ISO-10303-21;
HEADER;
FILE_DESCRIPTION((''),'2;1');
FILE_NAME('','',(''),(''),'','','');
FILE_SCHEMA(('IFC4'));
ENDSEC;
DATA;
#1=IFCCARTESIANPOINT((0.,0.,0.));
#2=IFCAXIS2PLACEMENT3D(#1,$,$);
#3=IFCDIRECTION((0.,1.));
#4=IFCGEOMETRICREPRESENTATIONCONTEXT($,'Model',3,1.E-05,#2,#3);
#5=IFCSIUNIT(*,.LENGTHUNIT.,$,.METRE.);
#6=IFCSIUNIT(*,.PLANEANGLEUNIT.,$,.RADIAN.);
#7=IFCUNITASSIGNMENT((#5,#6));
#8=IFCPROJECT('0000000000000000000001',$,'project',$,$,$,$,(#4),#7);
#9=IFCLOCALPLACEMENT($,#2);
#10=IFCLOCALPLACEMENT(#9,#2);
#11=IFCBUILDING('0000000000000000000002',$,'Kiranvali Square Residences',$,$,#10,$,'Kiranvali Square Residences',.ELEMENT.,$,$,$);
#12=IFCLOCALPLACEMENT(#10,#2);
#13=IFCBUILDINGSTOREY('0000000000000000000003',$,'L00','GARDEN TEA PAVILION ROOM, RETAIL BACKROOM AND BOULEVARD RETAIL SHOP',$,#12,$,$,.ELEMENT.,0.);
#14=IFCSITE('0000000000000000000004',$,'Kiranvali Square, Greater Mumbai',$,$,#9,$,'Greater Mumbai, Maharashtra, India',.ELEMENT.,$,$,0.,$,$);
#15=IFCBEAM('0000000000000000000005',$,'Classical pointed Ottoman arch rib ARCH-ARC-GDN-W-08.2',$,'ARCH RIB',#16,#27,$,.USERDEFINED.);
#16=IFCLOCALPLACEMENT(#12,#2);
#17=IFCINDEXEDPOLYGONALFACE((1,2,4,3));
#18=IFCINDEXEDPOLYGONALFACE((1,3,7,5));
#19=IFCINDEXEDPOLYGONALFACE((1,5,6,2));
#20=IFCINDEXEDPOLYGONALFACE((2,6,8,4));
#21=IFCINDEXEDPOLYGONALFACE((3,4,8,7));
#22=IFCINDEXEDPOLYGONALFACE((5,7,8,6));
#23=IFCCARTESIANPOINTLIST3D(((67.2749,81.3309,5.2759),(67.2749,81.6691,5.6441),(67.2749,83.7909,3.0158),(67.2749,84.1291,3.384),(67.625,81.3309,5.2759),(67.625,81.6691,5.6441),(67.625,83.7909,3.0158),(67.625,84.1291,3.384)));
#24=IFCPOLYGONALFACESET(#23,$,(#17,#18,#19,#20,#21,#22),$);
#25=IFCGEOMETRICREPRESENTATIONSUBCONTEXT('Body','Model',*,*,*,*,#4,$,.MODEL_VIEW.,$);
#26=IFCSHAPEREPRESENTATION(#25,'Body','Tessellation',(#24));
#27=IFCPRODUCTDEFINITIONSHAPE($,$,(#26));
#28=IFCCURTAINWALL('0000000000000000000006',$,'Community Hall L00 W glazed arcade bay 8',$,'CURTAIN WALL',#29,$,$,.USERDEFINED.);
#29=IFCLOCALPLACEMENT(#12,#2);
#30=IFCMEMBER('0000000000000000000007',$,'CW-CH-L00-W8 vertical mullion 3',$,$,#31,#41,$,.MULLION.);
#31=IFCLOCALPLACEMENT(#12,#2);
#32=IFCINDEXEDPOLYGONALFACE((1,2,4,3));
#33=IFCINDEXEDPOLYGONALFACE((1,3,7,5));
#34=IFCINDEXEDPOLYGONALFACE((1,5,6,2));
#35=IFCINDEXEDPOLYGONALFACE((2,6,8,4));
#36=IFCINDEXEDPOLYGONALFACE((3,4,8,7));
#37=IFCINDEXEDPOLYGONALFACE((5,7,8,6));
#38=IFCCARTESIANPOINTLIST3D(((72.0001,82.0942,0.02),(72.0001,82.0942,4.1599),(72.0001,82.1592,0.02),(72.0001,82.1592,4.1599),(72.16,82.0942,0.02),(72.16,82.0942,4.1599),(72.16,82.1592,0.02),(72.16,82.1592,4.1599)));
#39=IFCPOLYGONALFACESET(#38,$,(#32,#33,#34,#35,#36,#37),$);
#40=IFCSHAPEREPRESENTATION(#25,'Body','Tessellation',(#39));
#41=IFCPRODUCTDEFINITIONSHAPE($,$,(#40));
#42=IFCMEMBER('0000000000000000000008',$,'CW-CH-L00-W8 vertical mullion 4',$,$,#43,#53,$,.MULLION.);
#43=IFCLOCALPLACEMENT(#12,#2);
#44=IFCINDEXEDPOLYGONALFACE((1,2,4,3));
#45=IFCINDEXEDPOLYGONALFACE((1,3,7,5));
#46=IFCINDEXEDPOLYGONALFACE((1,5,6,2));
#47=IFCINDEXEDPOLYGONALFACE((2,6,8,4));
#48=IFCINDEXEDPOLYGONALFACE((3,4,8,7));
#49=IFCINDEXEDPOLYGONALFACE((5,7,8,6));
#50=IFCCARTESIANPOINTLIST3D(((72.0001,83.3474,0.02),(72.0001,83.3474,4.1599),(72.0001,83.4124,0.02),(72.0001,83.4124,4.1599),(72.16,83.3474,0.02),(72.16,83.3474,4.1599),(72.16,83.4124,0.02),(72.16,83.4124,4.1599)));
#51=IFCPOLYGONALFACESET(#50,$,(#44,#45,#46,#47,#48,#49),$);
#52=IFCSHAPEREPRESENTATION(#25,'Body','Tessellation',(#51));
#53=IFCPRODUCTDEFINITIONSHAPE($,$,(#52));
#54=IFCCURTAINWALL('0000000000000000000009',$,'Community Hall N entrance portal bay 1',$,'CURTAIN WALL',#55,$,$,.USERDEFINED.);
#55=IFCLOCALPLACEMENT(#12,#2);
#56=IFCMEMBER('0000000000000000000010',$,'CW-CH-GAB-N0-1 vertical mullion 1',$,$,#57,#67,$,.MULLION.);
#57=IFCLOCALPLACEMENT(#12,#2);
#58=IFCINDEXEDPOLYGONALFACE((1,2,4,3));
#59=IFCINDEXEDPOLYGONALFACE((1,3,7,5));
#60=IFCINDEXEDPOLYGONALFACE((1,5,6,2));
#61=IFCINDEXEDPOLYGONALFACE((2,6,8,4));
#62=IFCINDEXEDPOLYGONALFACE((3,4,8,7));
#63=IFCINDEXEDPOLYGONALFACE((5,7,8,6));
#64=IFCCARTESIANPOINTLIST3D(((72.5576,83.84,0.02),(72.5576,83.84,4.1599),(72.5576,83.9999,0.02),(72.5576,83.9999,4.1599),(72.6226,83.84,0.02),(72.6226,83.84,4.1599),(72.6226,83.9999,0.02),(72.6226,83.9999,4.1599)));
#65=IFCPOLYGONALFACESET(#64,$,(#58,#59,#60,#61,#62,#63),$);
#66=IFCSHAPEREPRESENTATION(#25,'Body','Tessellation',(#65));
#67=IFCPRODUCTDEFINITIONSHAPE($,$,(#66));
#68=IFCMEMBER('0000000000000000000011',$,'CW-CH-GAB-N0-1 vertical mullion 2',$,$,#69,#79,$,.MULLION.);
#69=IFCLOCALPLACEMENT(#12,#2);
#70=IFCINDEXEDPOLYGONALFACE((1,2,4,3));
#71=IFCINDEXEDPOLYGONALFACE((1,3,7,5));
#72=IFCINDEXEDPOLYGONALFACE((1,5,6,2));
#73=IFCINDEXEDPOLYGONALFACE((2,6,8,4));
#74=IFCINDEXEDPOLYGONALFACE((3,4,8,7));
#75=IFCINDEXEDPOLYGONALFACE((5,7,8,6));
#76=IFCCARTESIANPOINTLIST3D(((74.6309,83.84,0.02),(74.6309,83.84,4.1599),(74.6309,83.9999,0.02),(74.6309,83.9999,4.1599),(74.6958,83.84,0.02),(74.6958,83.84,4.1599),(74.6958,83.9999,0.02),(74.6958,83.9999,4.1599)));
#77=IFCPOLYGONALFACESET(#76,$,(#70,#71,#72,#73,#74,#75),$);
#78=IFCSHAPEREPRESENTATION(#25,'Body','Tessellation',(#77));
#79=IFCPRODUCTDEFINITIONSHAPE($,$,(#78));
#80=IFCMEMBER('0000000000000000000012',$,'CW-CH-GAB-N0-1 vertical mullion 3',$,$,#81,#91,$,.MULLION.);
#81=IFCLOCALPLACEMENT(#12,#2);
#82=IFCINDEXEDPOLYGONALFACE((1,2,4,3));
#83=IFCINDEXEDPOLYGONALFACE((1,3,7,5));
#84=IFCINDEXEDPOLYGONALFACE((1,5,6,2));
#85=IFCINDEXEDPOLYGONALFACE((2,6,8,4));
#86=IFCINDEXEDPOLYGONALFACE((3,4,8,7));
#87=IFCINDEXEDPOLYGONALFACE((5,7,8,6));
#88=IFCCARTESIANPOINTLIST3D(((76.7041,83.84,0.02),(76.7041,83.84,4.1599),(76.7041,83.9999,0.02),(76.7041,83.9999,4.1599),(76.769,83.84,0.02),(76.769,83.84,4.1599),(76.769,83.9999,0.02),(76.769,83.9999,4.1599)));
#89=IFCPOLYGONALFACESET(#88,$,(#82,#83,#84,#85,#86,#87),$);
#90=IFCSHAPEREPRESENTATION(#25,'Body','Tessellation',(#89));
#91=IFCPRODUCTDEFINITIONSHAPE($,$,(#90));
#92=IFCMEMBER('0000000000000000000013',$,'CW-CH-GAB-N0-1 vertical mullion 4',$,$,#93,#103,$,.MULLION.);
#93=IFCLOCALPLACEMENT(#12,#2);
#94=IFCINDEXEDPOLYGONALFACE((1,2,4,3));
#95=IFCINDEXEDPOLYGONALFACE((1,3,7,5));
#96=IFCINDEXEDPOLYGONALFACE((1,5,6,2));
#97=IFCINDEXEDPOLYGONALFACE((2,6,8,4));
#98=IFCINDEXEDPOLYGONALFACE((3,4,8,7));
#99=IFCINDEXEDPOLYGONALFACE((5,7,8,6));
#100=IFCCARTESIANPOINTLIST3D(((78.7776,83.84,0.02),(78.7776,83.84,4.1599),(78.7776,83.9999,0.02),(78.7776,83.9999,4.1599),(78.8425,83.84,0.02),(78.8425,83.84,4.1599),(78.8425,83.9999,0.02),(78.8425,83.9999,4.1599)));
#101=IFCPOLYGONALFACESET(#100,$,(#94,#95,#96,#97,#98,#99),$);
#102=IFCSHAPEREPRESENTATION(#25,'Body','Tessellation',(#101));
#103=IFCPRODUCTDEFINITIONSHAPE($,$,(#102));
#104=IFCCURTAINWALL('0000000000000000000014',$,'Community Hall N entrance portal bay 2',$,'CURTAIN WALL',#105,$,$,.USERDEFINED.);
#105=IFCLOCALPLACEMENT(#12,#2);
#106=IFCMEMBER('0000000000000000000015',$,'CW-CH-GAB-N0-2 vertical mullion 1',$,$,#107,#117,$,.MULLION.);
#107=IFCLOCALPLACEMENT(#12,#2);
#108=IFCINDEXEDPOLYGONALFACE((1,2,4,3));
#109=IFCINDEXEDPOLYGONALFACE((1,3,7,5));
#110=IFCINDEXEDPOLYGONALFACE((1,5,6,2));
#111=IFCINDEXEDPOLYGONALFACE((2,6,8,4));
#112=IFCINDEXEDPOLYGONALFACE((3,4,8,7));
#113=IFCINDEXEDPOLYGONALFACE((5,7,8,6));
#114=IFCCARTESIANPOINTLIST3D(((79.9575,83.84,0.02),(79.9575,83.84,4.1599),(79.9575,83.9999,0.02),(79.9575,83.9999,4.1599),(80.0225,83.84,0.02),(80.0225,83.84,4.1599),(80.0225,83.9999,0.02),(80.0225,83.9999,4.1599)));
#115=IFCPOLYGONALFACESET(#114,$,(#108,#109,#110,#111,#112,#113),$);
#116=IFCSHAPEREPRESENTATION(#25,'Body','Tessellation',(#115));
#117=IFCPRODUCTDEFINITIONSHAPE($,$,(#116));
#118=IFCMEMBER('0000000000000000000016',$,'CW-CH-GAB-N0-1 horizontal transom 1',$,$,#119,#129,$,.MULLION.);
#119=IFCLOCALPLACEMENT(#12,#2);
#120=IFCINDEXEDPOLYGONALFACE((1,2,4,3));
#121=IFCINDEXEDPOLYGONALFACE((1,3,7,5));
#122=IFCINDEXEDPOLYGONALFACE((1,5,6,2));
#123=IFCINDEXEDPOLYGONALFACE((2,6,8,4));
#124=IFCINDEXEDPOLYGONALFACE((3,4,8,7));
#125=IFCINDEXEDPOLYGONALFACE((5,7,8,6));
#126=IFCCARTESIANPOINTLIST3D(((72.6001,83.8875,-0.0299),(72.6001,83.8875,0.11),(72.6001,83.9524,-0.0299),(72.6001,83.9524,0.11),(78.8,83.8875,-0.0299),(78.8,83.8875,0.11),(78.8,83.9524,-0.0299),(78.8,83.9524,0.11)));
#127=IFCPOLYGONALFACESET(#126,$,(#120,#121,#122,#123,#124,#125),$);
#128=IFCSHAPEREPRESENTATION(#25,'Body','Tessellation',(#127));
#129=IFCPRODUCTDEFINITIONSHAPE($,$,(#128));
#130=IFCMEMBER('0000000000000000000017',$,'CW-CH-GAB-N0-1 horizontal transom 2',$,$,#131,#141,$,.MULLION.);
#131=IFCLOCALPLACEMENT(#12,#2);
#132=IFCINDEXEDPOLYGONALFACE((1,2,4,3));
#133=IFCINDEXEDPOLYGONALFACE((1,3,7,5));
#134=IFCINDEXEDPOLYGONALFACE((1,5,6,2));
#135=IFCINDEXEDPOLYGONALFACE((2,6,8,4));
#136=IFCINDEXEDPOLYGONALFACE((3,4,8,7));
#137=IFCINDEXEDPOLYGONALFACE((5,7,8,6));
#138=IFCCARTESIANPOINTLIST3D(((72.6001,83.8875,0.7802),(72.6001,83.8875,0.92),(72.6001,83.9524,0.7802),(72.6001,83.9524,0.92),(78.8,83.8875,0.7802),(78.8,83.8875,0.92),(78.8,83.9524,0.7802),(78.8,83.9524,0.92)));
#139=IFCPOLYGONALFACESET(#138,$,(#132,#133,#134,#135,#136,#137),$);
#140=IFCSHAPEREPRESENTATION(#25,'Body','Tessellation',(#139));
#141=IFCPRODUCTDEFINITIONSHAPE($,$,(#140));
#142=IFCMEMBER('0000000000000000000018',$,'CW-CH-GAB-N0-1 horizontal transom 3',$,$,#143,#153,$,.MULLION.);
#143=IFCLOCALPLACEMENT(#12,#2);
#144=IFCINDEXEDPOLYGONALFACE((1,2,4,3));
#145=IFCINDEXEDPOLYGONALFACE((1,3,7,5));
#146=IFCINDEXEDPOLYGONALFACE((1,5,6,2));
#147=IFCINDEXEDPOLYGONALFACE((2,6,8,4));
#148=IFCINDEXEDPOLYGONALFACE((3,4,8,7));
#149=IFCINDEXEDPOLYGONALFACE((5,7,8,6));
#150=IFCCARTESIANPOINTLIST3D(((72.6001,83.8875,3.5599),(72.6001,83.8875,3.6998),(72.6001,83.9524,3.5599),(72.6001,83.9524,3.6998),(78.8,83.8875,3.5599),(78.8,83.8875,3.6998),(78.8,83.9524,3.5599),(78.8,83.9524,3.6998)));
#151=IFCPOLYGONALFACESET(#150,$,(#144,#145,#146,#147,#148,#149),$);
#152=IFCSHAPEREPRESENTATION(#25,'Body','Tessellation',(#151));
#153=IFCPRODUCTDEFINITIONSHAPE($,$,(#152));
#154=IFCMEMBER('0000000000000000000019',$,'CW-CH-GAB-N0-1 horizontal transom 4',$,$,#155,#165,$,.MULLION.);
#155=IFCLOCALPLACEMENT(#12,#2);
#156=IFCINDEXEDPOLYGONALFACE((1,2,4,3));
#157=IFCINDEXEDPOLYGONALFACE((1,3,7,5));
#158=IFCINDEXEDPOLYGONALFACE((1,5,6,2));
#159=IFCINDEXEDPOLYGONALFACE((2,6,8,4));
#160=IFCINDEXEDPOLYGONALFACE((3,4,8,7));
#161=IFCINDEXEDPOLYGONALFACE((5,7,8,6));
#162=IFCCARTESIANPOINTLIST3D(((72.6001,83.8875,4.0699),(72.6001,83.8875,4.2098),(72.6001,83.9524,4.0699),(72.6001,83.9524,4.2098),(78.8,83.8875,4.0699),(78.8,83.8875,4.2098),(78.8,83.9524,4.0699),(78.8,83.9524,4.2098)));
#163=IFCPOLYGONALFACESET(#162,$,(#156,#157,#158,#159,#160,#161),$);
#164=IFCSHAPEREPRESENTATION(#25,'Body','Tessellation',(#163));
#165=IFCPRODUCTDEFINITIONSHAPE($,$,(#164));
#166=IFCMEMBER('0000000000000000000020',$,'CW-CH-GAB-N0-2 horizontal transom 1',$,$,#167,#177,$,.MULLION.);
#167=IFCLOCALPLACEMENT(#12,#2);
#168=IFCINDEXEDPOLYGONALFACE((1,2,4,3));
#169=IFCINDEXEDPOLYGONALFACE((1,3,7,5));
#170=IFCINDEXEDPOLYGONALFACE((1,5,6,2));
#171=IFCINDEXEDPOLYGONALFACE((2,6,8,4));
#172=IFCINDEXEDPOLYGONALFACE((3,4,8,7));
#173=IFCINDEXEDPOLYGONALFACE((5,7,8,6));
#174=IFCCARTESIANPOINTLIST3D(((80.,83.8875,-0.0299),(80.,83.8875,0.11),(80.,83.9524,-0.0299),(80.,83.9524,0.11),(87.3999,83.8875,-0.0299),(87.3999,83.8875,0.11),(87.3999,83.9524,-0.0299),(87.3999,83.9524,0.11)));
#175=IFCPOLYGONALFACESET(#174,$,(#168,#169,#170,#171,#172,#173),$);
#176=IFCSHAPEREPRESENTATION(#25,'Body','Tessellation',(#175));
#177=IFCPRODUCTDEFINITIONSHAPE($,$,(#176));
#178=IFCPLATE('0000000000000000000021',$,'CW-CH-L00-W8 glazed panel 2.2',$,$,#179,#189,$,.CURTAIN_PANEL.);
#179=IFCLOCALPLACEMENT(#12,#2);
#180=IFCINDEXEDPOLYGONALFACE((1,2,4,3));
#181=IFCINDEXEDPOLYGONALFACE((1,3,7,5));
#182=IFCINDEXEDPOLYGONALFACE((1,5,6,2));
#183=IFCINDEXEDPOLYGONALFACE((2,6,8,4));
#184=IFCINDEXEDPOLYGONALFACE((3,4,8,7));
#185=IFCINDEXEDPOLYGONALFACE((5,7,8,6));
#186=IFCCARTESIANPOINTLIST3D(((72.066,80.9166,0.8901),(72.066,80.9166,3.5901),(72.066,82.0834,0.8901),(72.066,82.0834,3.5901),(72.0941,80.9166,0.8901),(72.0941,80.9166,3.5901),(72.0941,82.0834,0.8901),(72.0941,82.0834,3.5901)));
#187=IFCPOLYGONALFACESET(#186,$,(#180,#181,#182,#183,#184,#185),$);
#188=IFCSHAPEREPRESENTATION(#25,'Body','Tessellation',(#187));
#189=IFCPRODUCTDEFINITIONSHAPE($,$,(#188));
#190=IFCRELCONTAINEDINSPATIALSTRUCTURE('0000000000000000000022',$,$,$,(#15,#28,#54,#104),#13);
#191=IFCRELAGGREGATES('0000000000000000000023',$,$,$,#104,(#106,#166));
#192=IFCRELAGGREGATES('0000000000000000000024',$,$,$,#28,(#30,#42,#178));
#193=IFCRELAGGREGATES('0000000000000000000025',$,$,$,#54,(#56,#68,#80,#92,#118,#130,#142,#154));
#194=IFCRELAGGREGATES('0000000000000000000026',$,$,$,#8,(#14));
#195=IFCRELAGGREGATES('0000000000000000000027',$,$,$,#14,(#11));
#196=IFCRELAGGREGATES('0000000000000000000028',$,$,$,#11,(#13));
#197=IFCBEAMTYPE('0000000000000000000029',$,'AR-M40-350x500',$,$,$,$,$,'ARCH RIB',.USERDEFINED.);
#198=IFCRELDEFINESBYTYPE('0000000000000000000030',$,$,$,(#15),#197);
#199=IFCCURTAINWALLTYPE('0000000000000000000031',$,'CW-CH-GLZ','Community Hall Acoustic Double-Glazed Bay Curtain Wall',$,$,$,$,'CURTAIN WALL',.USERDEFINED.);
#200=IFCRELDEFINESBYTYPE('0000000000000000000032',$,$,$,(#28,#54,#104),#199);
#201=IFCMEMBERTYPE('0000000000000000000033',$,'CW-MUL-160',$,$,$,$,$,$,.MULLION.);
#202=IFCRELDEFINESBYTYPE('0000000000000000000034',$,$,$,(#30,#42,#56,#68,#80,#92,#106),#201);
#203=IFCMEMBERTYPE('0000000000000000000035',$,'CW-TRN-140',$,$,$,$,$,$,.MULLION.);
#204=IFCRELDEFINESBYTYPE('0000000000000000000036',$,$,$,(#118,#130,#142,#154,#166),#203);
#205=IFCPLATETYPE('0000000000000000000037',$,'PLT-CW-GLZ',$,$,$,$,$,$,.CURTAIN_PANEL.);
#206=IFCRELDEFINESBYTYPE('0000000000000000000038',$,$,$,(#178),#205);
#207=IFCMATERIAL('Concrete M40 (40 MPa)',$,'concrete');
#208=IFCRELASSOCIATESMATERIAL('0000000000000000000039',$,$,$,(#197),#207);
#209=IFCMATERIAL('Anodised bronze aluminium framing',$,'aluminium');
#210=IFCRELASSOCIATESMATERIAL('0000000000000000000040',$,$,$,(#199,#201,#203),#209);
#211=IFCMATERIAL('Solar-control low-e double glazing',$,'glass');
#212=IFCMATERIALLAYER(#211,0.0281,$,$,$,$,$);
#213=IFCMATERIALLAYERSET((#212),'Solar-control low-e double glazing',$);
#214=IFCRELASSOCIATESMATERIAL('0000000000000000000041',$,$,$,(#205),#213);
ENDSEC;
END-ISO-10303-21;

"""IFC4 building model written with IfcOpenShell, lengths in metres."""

from ifc_helpers import new_model, si_unit, direction, frame, origin, origin_2d, place, context, subcontext, project, spatial, rectangle, extrude, material, layer, layer_set, material_profile, profile_set, type_object, element, aggregate, save


model = new_model("IFC4")

# Units and contexts
model_context = context("Model", 3, precision=1e-05, world=origin(), true_north=direction((0.0, 1.0)))
body_context = subcontext(model_context, "Body", "Model", "MODEL_VIEW")
ifc_project = project(units=[si_unit("LENGTHUNIT", "METRE"), si_unit("PLANEANGLEUNIT", "RADIAN")], contexts=[model_context])

# Site, building, storey
site_placement = place(None, origin())
site = spatial("IfcSite", under=ifc_project, at=site_placement, Name="Kiranvali Square, Greater Mumbai", LongName="Greater Mumbai, Maharashtra, India", CompositionType="ELEMENT", RefElevation=0.0)
building_placement = place(site_placement, origin())
building = spatial("IfcBuilding", under=site, at=building_placement, Name="Kiranvali Square Residences", LongName="Kiranvali Square Residences", CompositionType="ELEMENT")
storey_placement = place(building_placement, origin())
storey = spatial("IfcBuildingStorey", under=building, at=storey_placement, Name="L00", Description="GARDEN TEA PAVILION ROOM, RETAIL BACKROOM AND BOULEVARD RETAIL SHOP", CompositionType="ELEMENT", Elevation=0.0)

# Beam
ifc_material_1 = material(Name="Concrete M40 (40 MPa)", Category="concrete")
ifc_material_profile_1 = material_profile(ifc_material_1, rectangle(XDim=0.3501, YDim=0.5, at=origin_2d()), Name="RC 350x500")
ifc_profile_set_1 = profile_set([ifc_material_profile_1], Name="Concrete M40 (40 MPa)")
beam_type = type_object("IfcBeamType", Name="AR-M40-350x500", ElementType="ARCH RIB", PredefinedType="USERDEFINED", material=ifc_profile_set_1)
beam_placement = place(storey_placement, frame((67.45, 81.5, 5.46), z_axis=(0.0, 0.736401, -0.676545), x_axis=(-1.0, 0.0, 0.0)))
element("IfcBeam", 1, at=beam_placement, inside=storey, type_object=beam_type, Name="Classical pointed Ottoman arch rib ARCH-ARC-GDN-W-08.2", ObjectType="ARCH RIB", PredefinedType="USERDEFINED", context=body_context, shape_type="SweptSolid", body=[
    extrude(rectangle(XDim=0.3501, YDim=0.5, at=origin_2d()), origin(), (0.0, 0.0, 1.0), 3.3406),
])

# Curtain walls, members
ifc_material_2 = material(Name="Anodised bronze aluminium framing", Category="aluminium")
curtain_wall_type = type_object("IfcCurtainWallType", Name="CW-CH-GLZ", Description="Community Hall Acoustic Double-Glazed Bay Curtain Wall", ElementType="CURTAIN WALL", PredefinedType="USERDEFINED", material=ifc_material_2)
curtain_wall_1_placement = place(storey_placement, origin())
curtain_wall_1 = element("IfcCurtainWall", 2, at=curtain_wall_1_placement, inside=storey, type_object=curtain_wall_type, Name="Community Hall L00 W glazed arcade bay 8", ObjectType="CURTAIN WALL", PredefinedType="USERDEFINED")
ifc_material_profile_2 = material_profile(ifc_material_2, rectangle(XDim=0.0649, YDim=0.1599, at=origin_2d()), Name="ALU 65x160")
ifc_profile_set_2 = profile_set([ifc_material_profile_2], Name="Anodised bronze aluminium framing")
member_type_1 = type_object("IfcMemberType", Name="CW-MUL-160", PredefinedType="MULLION", material=ifc_profile_set_2)
member_1_placement = place(storey_placement, frame((72.0801, 82.1267, 0.02), z_axis=(0.0, 0.0, 1.0), x_axis=(0.0, 1.0, 0.0)))
member_1 = element("IfcMember", 3, at=member_1_placement, type_object=member_type_1, Name="CW-CH-L00-W8 vertical mullion 3", PredefinedType="MULLION", context=body_context, shape_type="SweptSolid", body=[
    extrude(rectangle(XDim=0.0649, YDim=0.1599, at=origin_2d()), origin(), (0.0, 0.0, 1.0), 4.1399),
])
member_2_placement = place(storey_placement, frame((72.0801, 83.3799, 0.02), z_axis=(0.0, 0.0, 1.0), x_axis=(0.0, 1.0, 0.0)))
member_2 = element("IfcMember", 4, at=member_2_placement, type_object=member_type_1, Name="CW-CH-L00-W8 vertical mullion 4", PredefinedType="MULLION", context=body_context, shape_type="SweptSolid", body=[
    extrude(rectangle(XDim=0.0649, YDim=0.1599, at=origin_2d()), origin(), (0.0, 0.0, 1.0), 4.1399),
])
curtain_wall_2_placement = place(storey_placement, origin())
curtain_wall_2 = element("IfcCurtainWall", 5, at=curtain_wall_2_placement, inside=storey, type_object=curtain_wall_type, Name="Community Hall N entrance portal bay 1", ObjectType="CURTAIN WALL", PredefinedType="USERDEFINED")
member_3_placement = place(storey_placement, frame((72.5901, 83.9199, 0.02), z_axis=(0.0, 0.0, 1.0), x_axis=(1.0, 0.0, 0.0)))
member_3 = element("IfcMember", 6, at=member_3_placement, type_object=member_type_1, Name="CW-CH-GAB-N0-1 vertical mullion 1", PredefinedType="MULLION", context=body_context, shape_type="SweptSolid", body=[
    extrude(rectangle(XDim=0.0649, YDim=0.1599, at=origin_2d()), origin(), (0.0, 0.0, 1.0), 4.1399),
])
member_4_placement = place(storey_placement, frame((74.6633, 83.9199, 0.02), z_axis=(0.0, 0.0, 1.0), x_axis=(1.0, 0.0, 0.0)))
member_4 = element("IfcMember", 7, at=member_4_placement, type_object=member_type_1, Name="CW-CH-GAB-N0-1 vertical mullion 2", PredefinedType="MULLION", context=body_context, shape_type="SweptSolid", body=[
    extrude(rectangle(XDim=0.0649, YDim=0.1599, at=origin_2d()), origin(), (0.0, 0.0, 1.0), 4.1399),
])
member_5_placement = place(storey_placement, frame((76.7366, 83.9199, 0.02), z_axis=(0.0, 0.0, 1.0), x_axis=(1.0, 0.0, 0.0)))
member_5 = element("IfcMember", 8, at=member_5_placement, type_object=member_type_1, Name="CW-CH-GAB-N0-1 vertical mullion 3", PredefinedType="MULLION", context=body_context, shape_type="SweptSolid", body=[
    extrude(rectangle(XDim=0.0649, YDim=0.1599, at=origin_2d()), origin(), (0.0, 0.0, 1.0), 4.1399),
])
member_6_placement = place(storey_placement, frame((78.8101, 83.9199, 0.02), z_axis=(0.0, 0.0, 1.0), x_axis=(1.0, 0.0, 0.0)))
member_6 = element("IfcMember", 9, at=member_6_placement, type_object=member_type_1, Name="CW-CH-GAB-N0-1 vertical mullion 4", PredefinedType="MULLION", context=body_context, shape_type="SweptSolid", body=[
    extrude(rectangle(XDim=0.0649, YDim=0.1599, at=origin_2d()), origin(), (0.0, 0.0, 1.0), 4.1399),
])

# Curtain wall, member
curtain_wall_3_placement = place(storey_placement, origin())
curtain_wall_3 = element("IfcCurtainWall", 10, at=curtain_wall_3_placement, inside=storey, type_object=curtain_wall_type, Name="Community Hall N entrance portal bay 2", ObjectType="CURTAIN WALL", PredefinedType="USERDEFINED")
member_7_placement = place(storey_placement, frame((79.99, 83.9199, 0.02), z_axis=(0.0, 0.0, 1.0), x_axis=(1.0, 0.0, 0.0)))
member_7 = element("IfcMember", 11, at=member_7_placement, type_object=member_type_1, Name="CW-CH-GAB-N0-2 vertical mullion 1", PredefinedType="MULLION", context=body_context, shape_type="SweptSolid", body=[
    extrude(rectangle(XDim=0.0649, YDim=0.1599, at=origin_2d()), origin(), (0.0, 0.0, 1.0), 4.1399),
])

# Members
ifc_material_profile_3 = material_profile(ifc_material_2, rectangle(XDim=0.0649, YDim=0.1399, at=origin_2d()), Name="ALU 65x140")
ifc_profile_set_3 = profile_set([ifc_material_profile_3], Name="Anodised bronze aluminium framing")
member_type_2 = type_object("IfcMemberType", Name="CW-TRN-140", PredefinedType="MULLION", material=ifc_profile_set_3)
member_8_placement = place(storey_placement, frame((72.6001, 83.9199, 0.04), z_axis=(1.0, 0.0, 0.0), x_axis=(0.0, 1.0, 0.0)))
member_8 = element("IfcMember", 12, at=member_8_placement, type_object=member_type_2, Name="CW-CH-GAB-N0-1 horizontal transom 1", PredefinedType="MULLION", context=body_context, shape_type="SweptSolid", body=[
    extrude(rectangle(XDim=0.0649, YDim=0.1399, at=origin_2d()), origin(), (0.0, 0.0, 1.0), 6.2),
])
member_9_placement = place(storey_placement, frame((72.6001, 83.9199, 0.8501), z_axis=(1.0, 0.0, 0.0), x_axis=(0.0, 1.0, 0.0)))
member_9 = element("IfcMember", 13, at=member_9_placement, type_object=member_type_2, Name="CW-CH-GAB-N0-1 horizontal transom 2", PredefinedType="MULLION", context=body_context, shape_type="SweptSolid", body=[
    extrude(rectangle(XDim=0.0649, YDim=0.1399, at=origin_2d()), origin(), (0.0, 0.0, 1.0), 6.2),
])
member_10_placement = place(storey_placement, frame((72.6001, 83.9199, 3.6299), z_axis=(1.0, 0.0, 0.0), x_axis=(0.0, 1.0, 0.0)))
member_10 = element("IfcMember", 14, at=member_10_placement, type_object=member_type_2, Name="CW-CH-GAB-N0-1 horizontal transom 3", PredefinedType="MULLION", context=body_context, shape_type="SweptSolid", body=[
    extrude(rectangle(XDim=0.0649, YDim=0.1399, at=origin_2d()), origin(), (0.0, 0.0, 1.0), 6.2),
])
member_11_placement = place(storey_placement, frame((72.6001, 83.9199, 4.1399), z_axis=(1.0, 0.0, 0.0), x_axis=(0.0, 1.0, 0.0)))
member_11 = element("IfcMember", 15, at=member_11_placement, type_object=member_type_2, Name="CW-CH-GAB-N0-1 horizontal transom 4", PredefinedType="MULLION", context=body_context, shape_type="SweptSolid", body=[
    extrude(rectangle(XDim=0.0649, YDim=0.1399, at=origin_2d()), origin(), (0.0, 0.0, 1.0), 6.2),
])
member_12_placement = place(storey_placement, frame((80.0, 83.9199, 0.04), z_axis=(1.0, 0.0, 0.0), x_axis=(0.0, 1.0, 0.0)))
member_12 = element("IfcMember", 16, at=member_12_placement, type_object=member_type_2, Name="CW-CH-GAB-N0-2 horizontal transom 1", PredefinedType="MULLION", context=body_context, shape_type="SweptSolid", body=[
    extrude(rectangle(XDim=0.0649, YDim=0.1399, at=origin_2d()), origin(), (0.0, 0.0, 1.0), 7.3999),
])
aggregate(curtain_wall_3, [member_7, member_12])

# Plate
ifc_material_3 = material(Name="Solar-control low-e double glazing", Category="glass")
ifc_layer_1 = layer(ifc_material_3, 0.0281)
ifc_layer_set_1 = layer_set([ifc_layer_1], Name="Solar-control low-e double glazing")
plate_type_1 = type_object("IfcPlateType", Name="PLT-CW-GLZ", PredefinedType="CURTAIN_PANEL", material=ifc_layer_set_1)
plate_1_placement = place(storey_placement, frame((72.0801, 81.5, 0.8901), z_axis=(0.0, 0.0, 1.0), x_axis=(0.0, 1.0, 0.0)))
plate_1 = element("IfcPlate", 17, at=plate_1_placement, type_object=plate_type_1, Name="CW-CH-L00-W8 glazed panel 2.2", PredefinedType="CURTAIN_PANEL", context=body_context, shape_type="SweptSolid", body=[
    extrude(rectangle(XDim=1.1667, YDim=0.0281, at=origin_2d()), origin(), (0.0, 0.0, 1.0), 2.7),
])
aggregate(curtain_wall_1, [member_1, member_2, plate_1])
aggregate(curtain_wall_2, [member_3, member_4, member_5, member_6, member_8, member_9, member_10, member_11])

save(model, "model.ifc")
